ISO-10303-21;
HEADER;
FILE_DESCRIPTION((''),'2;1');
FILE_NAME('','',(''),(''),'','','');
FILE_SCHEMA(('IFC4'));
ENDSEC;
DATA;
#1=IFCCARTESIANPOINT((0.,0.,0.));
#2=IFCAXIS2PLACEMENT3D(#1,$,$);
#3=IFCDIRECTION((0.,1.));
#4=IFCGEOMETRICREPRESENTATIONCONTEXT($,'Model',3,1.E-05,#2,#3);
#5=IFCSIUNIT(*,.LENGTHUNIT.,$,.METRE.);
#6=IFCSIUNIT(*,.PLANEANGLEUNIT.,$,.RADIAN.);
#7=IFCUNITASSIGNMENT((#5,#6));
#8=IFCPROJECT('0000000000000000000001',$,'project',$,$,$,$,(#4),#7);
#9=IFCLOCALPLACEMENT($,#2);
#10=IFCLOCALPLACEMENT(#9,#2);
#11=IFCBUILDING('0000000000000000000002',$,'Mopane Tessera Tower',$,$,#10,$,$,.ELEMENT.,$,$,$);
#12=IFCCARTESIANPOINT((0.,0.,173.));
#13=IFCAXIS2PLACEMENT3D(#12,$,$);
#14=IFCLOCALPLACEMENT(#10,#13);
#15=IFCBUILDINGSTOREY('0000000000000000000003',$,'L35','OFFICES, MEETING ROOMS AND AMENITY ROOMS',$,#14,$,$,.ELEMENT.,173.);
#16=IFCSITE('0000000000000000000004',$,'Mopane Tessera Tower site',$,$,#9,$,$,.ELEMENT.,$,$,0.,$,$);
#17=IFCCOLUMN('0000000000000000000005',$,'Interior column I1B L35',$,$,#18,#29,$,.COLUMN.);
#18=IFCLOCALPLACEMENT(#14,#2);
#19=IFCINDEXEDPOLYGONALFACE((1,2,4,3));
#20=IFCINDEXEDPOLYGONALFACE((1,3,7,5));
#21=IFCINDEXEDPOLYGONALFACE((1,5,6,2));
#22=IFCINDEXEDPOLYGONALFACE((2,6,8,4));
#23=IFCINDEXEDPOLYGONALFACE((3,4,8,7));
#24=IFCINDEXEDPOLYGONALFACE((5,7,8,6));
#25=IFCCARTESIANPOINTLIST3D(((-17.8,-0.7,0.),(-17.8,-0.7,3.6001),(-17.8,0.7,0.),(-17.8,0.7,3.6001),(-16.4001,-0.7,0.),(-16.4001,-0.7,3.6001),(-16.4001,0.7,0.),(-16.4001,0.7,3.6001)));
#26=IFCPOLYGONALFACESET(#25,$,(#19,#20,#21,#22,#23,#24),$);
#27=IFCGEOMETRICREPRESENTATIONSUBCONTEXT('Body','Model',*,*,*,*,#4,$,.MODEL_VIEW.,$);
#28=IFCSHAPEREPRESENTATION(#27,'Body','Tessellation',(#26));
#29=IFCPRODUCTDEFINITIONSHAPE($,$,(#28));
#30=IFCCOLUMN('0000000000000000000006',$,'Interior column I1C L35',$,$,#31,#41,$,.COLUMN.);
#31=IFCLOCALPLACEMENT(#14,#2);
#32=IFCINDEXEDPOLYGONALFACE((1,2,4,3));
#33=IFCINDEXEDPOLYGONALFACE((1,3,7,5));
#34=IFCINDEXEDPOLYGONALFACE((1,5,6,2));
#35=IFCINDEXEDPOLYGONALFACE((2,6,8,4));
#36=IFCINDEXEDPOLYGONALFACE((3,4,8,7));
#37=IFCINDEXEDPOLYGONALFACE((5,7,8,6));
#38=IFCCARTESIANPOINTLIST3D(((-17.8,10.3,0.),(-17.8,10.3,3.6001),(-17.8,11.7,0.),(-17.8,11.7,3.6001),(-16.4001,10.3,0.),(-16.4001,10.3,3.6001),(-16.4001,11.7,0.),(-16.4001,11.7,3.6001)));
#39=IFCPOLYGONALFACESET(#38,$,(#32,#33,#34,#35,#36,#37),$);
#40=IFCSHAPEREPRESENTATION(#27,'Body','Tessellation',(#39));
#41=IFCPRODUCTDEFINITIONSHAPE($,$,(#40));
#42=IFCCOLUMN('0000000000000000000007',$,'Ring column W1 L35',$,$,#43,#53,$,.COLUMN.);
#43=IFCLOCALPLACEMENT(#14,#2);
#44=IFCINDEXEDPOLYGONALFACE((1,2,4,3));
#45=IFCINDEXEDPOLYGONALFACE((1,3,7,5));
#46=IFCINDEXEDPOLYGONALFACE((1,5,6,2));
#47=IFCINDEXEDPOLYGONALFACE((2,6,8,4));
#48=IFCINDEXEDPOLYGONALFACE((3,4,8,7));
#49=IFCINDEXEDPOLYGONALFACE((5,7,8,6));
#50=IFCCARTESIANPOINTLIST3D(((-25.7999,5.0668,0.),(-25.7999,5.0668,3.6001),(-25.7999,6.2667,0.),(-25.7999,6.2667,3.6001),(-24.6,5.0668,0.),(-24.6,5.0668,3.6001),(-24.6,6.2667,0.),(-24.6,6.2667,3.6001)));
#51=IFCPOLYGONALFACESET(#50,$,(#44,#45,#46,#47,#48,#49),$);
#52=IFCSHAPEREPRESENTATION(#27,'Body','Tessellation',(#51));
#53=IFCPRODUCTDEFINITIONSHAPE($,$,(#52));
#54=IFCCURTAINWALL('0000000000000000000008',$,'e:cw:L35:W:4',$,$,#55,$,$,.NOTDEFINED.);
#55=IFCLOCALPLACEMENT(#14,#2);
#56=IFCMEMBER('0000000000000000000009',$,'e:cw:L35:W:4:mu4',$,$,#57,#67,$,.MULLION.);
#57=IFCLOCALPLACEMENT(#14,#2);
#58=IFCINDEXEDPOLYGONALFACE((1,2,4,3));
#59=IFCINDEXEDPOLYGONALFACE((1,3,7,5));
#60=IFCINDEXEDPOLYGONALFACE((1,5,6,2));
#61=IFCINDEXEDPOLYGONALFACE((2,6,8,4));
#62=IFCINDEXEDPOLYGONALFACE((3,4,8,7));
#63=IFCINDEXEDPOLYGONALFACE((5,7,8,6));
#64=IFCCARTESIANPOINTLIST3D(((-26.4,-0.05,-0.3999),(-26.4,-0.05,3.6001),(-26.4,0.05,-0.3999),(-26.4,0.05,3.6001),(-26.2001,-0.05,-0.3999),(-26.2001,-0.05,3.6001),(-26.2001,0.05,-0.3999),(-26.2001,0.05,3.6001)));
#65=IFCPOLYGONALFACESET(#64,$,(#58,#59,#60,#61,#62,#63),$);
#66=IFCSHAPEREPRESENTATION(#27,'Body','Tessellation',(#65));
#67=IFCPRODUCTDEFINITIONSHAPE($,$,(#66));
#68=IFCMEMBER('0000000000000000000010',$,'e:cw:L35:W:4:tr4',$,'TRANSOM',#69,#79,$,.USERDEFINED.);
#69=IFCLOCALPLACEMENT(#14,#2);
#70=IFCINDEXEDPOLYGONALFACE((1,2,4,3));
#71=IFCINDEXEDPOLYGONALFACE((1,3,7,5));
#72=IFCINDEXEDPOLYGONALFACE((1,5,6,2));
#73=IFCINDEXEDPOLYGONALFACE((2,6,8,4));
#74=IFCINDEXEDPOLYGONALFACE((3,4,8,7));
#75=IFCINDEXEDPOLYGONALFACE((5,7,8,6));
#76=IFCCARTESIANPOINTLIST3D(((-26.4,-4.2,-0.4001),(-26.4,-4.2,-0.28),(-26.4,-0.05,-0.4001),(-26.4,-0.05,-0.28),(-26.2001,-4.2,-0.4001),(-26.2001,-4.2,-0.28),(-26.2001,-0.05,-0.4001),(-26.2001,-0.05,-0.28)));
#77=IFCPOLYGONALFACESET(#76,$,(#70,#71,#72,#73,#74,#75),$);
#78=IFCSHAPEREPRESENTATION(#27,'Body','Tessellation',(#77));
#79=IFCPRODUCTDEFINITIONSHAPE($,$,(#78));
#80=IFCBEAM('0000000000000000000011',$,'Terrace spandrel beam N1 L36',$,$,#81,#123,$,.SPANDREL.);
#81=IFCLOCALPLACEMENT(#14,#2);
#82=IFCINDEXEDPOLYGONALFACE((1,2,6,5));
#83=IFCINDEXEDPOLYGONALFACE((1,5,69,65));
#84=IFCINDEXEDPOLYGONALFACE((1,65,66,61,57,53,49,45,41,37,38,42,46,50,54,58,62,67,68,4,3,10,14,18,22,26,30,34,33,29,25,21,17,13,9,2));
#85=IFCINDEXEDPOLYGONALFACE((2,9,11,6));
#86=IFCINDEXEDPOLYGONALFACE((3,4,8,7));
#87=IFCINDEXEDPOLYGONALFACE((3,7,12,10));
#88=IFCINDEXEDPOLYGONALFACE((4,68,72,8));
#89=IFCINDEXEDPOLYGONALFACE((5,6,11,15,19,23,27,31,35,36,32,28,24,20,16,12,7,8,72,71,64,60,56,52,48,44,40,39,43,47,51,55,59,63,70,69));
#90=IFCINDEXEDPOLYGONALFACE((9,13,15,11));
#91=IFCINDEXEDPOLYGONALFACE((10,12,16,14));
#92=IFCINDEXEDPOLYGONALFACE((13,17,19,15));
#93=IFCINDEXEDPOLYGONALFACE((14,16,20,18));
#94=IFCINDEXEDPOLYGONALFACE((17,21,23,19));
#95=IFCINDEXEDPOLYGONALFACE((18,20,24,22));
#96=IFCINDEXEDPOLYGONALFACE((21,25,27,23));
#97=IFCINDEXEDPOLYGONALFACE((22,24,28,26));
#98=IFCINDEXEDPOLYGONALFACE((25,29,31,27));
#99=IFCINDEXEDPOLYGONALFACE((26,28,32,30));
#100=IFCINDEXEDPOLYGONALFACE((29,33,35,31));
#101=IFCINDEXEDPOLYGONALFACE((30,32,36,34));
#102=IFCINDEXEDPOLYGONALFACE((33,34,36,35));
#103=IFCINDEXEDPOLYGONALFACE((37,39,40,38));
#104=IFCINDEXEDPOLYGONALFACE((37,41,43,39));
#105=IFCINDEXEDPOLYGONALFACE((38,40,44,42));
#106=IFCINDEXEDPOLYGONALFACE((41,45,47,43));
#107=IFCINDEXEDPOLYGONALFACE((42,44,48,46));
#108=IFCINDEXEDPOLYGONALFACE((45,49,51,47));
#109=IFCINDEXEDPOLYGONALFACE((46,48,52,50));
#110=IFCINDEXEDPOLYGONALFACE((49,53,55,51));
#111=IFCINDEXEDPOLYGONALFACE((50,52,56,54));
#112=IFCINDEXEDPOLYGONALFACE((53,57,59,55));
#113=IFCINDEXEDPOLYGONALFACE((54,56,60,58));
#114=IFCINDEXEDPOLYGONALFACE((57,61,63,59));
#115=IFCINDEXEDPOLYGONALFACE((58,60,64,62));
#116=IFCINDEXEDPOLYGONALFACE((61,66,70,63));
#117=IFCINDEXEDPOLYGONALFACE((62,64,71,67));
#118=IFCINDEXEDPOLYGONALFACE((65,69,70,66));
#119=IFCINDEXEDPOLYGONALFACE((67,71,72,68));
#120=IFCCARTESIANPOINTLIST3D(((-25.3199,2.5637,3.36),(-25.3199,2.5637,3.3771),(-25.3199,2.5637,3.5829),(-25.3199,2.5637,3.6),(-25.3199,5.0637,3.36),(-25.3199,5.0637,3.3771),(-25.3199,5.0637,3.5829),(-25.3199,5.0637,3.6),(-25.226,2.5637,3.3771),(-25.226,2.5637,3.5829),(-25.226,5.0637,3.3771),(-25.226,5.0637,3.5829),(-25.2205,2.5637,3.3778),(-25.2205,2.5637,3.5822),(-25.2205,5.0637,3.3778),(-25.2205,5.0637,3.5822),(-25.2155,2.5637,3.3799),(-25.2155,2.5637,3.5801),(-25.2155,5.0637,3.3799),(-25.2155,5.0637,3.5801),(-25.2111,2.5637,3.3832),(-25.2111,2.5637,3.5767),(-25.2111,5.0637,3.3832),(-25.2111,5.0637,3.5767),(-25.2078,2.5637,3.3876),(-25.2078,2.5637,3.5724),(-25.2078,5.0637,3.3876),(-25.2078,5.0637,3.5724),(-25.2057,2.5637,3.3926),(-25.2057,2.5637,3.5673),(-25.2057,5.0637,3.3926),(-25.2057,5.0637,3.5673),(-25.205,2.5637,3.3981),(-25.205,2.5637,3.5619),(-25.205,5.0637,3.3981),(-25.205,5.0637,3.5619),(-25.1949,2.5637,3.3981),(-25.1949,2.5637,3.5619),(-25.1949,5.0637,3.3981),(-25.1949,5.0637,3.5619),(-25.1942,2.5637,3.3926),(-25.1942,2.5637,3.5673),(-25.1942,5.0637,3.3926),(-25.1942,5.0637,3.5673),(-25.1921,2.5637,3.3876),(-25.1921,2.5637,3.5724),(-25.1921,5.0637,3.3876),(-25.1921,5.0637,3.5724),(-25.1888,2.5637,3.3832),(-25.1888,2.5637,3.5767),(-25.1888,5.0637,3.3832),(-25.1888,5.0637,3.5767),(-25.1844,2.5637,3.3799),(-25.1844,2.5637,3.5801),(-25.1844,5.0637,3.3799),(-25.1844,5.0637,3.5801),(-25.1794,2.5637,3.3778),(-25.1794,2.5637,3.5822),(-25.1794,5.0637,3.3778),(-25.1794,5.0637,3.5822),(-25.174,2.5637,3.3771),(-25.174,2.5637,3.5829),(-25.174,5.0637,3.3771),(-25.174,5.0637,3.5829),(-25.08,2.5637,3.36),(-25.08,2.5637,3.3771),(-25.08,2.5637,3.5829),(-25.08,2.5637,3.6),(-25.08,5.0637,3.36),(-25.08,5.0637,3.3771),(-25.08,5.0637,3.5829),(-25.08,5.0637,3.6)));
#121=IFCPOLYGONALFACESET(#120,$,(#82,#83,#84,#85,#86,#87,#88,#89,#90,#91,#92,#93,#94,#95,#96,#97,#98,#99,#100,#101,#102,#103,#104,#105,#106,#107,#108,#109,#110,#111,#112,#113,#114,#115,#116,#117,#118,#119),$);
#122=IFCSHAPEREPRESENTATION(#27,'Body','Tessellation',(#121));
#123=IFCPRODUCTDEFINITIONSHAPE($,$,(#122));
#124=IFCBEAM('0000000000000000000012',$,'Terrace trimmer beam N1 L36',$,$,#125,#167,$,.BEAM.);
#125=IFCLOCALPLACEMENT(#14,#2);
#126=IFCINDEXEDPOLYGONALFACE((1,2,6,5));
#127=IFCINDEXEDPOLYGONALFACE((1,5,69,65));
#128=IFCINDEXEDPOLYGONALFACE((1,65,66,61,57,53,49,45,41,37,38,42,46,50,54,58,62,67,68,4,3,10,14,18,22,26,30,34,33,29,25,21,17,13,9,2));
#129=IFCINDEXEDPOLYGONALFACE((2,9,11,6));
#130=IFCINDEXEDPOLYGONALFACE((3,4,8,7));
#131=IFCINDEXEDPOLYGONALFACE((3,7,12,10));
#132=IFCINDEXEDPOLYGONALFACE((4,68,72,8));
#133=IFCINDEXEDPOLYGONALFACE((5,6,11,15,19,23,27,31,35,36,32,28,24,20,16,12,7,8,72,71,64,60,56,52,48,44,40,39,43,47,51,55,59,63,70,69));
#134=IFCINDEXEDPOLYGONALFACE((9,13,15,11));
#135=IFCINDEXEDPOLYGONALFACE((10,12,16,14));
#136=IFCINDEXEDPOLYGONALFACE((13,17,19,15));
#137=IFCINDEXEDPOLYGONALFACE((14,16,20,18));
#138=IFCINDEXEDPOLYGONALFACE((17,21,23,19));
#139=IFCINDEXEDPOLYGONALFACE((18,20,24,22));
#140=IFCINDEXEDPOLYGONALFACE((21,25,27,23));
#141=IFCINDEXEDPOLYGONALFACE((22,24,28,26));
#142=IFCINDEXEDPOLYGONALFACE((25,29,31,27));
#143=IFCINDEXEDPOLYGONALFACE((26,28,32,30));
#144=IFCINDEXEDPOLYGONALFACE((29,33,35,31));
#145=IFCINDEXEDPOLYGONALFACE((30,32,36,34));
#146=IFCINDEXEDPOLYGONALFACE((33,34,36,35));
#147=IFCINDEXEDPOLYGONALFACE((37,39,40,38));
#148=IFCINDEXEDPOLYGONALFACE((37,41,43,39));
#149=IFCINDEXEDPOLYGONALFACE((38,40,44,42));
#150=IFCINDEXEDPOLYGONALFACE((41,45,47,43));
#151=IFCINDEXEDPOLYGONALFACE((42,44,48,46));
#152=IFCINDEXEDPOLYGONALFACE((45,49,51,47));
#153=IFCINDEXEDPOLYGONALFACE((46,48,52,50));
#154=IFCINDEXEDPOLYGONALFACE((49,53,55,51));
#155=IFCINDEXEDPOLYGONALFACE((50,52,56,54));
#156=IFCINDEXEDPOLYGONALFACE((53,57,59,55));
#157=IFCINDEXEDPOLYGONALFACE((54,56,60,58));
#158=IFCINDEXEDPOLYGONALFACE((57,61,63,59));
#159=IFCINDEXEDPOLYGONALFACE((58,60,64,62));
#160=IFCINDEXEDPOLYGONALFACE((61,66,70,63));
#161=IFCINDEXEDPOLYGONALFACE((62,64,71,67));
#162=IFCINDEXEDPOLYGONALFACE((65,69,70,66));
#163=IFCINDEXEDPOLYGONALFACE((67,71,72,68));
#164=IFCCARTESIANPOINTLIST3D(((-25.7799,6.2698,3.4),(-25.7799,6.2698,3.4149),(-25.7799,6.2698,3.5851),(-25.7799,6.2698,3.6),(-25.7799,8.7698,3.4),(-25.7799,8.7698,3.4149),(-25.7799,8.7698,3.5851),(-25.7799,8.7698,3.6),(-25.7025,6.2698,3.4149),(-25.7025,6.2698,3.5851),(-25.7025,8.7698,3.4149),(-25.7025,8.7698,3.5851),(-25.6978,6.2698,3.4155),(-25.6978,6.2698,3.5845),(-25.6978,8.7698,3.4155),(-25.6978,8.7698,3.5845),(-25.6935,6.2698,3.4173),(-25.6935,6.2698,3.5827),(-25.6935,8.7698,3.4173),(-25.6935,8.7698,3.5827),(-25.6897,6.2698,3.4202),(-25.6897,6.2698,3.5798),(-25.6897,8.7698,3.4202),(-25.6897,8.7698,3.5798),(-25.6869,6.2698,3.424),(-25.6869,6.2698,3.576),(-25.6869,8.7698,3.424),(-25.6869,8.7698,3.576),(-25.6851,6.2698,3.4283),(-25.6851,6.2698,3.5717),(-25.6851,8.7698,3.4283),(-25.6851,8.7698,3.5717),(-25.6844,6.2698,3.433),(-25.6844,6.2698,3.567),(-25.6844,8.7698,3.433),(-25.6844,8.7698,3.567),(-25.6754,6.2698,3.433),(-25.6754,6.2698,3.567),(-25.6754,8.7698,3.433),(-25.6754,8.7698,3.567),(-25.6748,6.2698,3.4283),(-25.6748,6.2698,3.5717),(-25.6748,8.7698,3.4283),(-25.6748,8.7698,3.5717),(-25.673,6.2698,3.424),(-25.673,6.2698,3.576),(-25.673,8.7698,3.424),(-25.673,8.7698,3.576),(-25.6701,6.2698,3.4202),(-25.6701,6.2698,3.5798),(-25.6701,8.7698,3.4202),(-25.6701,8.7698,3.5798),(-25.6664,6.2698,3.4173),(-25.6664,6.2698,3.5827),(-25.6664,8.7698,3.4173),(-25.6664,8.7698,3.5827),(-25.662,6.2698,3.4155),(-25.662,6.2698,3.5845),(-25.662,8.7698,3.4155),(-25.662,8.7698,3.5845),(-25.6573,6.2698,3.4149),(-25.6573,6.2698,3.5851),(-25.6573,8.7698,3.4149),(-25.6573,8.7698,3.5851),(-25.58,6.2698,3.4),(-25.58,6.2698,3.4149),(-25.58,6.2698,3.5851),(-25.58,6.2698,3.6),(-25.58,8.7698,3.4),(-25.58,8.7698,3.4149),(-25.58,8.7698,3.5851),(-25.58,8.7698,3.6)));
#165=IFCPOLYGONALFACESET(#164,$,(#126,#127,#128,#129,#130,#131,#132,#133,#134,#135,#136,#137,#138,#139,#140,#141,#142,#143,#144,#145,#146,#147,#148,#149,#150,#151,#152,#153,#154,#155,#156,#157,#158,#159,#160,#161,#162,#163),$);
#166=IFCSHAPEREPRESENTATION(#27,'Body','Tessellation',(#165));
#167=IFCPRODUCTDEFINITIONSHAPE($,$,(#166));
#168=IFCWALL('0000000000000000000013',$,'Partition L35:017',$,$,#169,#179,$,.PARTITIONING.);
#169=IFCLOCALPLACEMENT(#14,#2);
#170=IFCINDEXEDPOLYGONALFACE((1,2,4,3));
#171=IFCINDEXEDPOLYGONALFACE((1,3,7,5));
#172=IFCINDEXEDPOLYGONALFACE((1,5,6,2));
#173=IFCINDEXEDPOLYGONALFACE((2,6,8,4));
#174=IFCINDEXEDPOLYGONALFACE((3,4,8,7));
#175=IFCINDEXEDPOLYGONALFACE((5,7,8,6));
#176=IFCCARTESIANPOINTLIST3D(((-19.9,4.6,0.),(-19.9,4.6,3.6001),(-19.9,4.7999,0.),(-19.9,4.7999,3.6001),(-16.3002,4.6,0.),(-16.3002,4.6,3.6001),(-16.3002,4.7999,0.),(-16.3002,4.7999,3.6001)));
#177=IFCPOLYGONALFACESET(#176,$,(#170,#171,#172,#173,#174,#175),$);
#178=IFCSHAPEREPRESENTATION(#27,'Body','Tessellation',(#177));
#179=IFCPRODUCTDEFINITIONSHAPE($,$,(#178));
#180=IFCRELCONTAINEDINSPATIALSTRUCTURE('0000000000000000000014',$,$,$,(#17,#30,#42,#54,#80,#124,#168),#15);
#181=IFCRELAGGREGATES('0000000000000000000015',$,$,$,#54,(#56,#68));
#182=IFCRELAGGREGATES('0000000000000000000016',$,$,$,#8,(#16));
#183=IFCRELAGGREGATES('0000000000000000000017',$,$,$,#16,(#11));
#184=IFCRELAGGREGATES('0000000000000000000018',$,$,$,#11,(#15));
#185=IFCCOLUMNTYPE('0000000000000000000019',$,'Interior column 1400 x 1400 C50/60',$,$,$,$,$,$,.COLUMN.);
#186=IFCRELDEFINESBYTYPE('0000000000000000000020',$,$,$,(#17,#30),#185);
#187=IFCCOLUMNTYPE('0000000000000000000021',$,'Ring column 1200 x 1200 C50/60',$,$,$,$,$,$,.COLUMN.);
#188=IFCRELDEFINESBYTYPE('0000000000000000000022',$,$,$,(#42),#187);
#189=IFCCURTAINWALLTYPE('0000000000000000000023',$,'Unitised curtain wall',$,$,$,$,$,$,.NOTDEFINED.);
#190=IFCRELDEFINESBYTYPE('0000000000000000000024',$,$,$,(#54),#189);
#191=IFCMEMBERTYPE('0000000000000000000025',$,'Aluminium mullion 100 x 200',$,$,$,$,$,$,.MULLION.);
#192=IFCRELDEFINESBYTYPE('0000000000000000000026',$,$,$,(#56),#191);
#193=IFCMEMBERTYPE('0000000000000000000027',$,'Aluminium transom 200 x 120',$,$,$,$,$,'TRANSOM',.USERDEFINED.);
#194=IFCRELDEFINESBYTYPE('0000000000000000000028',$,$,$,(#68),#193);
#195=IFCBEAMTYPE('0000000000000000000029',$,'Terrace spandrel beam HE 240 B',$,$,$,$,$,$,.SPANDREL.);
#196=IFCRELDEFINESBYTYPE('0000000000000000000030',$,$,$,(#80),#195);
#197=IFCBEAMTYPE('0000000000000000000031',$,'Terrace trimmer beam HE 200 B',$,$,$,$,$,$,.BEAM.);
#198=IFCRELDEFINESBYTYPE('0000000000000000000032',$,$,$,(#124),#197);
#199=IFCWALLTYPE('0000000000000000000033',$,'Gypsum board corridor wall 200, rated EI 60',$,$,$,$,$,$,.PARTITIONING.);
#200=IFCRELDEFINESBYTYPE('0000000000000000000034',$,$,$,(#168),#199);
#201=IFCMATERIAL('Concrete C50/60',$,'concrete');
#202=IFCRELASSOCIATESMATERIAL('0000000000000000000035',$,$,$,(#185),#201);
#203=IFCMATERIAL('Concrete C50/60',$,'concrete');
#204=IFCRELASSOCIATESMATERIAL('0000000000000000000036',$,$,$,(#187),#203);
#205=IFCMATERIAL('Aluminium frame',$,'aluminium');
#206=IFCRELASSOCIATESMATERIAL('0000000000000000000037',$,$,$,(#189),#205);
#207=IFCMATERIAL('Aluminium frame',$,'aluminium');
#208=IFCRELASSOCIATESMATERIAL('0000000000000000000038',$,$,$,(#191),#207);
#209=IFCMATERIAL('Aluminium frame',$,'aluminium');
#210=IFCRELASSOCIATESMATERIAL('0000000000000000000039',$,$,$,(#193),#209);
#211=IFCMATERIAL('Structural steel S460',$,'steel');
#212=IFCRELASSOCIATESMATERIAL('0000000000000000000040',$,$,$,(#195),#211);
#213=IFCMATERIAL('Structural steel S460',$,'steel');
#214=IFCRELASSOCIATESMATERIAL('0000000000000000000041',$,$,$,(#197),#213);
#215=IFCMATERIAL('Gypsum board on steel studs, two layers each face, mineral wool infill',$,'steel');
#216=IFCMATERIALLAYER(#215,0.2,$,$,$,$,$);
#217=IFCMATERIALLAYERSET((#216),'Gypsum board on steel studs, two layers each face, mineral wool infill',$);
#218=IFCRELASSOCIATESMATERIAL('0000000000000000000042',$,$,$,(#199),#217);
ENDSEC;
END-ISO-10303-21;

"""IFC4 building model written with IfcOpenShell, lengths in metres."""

from ifc_helpers import new_model, si_unit, direction, frame, frame_2d, origin, origin_2d, place, context, subcontext, project, spatial, rectangle, i_section, extrude, material, layer, layer_set, material_profile, profile_set, type_object, element, aggregate, save


model = new_model("IFC4")

# Units and contexts
model_context = context("Model", 3, precision=1e-05, world=origin(), true_north=direction((0.0, 1.0)))
body_context = subcontext(model_context, "Body", "Model", "MODEL_VIEW")
ifc_project = project(units=[si_unit("LENGTHUNIT", "METRE"), si_unit("PLANEANGLEUNIT", "RADIAN")], contexts=[model_context])

# Site, building, storey
site_placement = place(None, origin())
site = spatial("IfcSite", under=ifc_project, at=site_placement, Name="Mopane Tessera Tower site", CompositionType="ELEMENT", RefElevation=0.0)
building_placement = place(site_placement, origin())
building = spatial("IfcBuilding", under=site, at=building_placement, Name="Mopane Tessera Tower", CompositionType="ELEMENT")
storey_placement = place(building_placement, frame((0.0, 0.0, 173.0)))
storey = spatial("IfcBuildingStorey", under=building, at=storey_placement, Name="L35", Description="OFFICES, MEETING ROOMS AND AMENITY ROOMS", CompositionType="ELEMENT", Elevation=173.0)

# Columns
ifc_material_1 = material(Name="Concrete C50/60", Category="concrete")
ifc_material_profile_1 = material_profile(ifc_material_1, rectangle(XDim=1.3999, YDim=1.3999, at=origin_2d()))
ifc_profile_set_1 = profile_set([ifc_material_profile_1], Name="Concrete C50/60")
column_type_1 = type_object("IfcColumnType", Name="Interior column 1400 x 1400 C50/60", PredefinedType="COLUMN", material=ifc_profile_set_1)
for number, where, z_axis, x_axis, name in (
    (1, (-17.1001, 0.0, 0.0), (0.0, 0.0, 1.0), (1.0, 0.0, 0.0), "Interior column I1B L35"),
    (2, (-17.1001, 11.0, 0.0), (0.0, 0.0, 1.0), (1.0, 0.0, 0.0), "Interior column I1C L35"),
):
    element("IfcColumn", number, at=place(storey_placement, frame(where, z_axis=z_axis, x_axis=x_axis)), inside=storey, type_object=column_type_1, Name=name, PredefinedType="COLUMN", context=body_context, shape_type="SweptSolid", body=[
        extrude(rectangle(XDim=1.3999, YDim=1.3999, at=origin_2d()), origin(), (0.0, 0.0, 1.0), 3.6001),
    ])
ifc_material_2 = material(Name="Concrete C50/60", Category="concrete")
ifc_material_profile_2 = material_profile(ifc_material_2, rectangle(XDim=1.2, YDim=1.2, at=origin_2d()))
ifc_profile_set_2 = profile_set([ifc_material_profile_2], Name="Concrete C50/60")
column_type_2 = type_object("IfcColumnType", Name="Ring column 1200 x 1200 C50/60", PredefinedType="COLUMN", material=ifc_profile_set_2)
column_placement = place(storey_placement, frame((-25.2, 5.6667, 0.0), z_axis=(0.0, 0.0, 1.0), x_axis=(1.0, 0.0, 0.0)))
element("IfcColumn", 3, at=column_placement, inside=storey, type_object=column_type_2, Name="Ring column W1 L35", PredefinedType="COLUMN", context=body_context, shape_type="SweptSolid", body=[
    extrude(rectangle(XDim=1.2, YDim=1.2, at=origin_2d()), origin(), (0.0, 0.0, 1.0), 3.6001),
])

# Curtain wall, members
ifc_material_3 = material(Name="Aluminium frame", Category="aluminium")
curtain_wall_type = type_object("IfcCurtainWallType", Name="Unitised curtain wall", PredefinedType="NOTDEFINED", material=ifc_material_3)
curtain_wall_placement = place(storey_placement, origin())
curtain_wall = element("IfcCurtainWall", 4, at=curtain_wall_placement, inside=storey, type_object=curtain_wall_type, Name="e:cw:L35:W:4", PredefinedType="NOTDEFINED")
ifc_material_4 = material(Name="Aluminium frame", Category="aluminium")
ifc_material_profile_3 = material_profile(ifc_material_4, rectangle(XDim=0.1001, YDim=0.2, at=origin_2d()))
ifc_profile_set_3 = profile_set([ifc_material_profile_3], Name="Aluminium frame")
member_type_1 = type_object("IfcMemberType", Name="Aluminium mullion 100 x 200", PredefinedType="MULLION", material=ifc_profile_set_3)
member_1_placement = place(storey_placement, frame((-26.3, 0.0, -0.3999), z_axis=(0.0, 0.0, 1.0), x_axis=(0.0, -1.0, 0.0)))
member_1 = element("IfcMember", 5, at=member_1_placement, type_object=member_type_1, Name="e:cw:L35:W:4:mu4", PredefinedType="MULLION", context=body_context, shape_type="SweptSolid", body=[
    extrude(rectangle(XDim=0.1001, YDim=0.2, at=origin_2d()), origin(), (0.0, 0.0, 1.0), 4.0),
])
ifc_material_5 = material(Name="Aluminium frame", Category="aluminium")
ifc_material_profile_4 = material_profile(ifc_material_5, rectangle(XDim=0.2, YDim=0.1201, at=origin_2d()))
ifc_profile_set_4 = profile_set([ifc_material_profile_4], Name="Aluminium frame")
member_type_2 = type_object("IfcMemberType", Name="Aluminium transom 200 x 120", ElementType="TRANSOM", PredefinedType="USERDEFINED", material=ifc_profile_set_4)
member_2_placement = place(storey_placement, frame((-26.3, -0.05, -0.3401), z_axis=(0.0, -1.0, 0.0), x_axis=(1.0, 0.0, 0.0)))
member_2 = element("IfcMember", 6, at=member_2_placement, type_object=member_type_2, Name="e:cw:L35:W:4:tr4", ObjectType="TRANSOM", PredefinedType="USERDEFINED", context=body_context, shape_type="SweptSolid", body=[
    extrude(rectangle(XDim=0.2, YDim=0.1201, at=origin_2d()), origin(), (0.0, 0.0, 1.0), 4.1499),
])
aggregate(curtain_wall, [member_1, member_2])

# Beams
ifc_material_6 = material(Name="Structural steel S460", Category="steel")
ifc_material_profile_5 = material_profile(ifc_material_6, i_section(OverallWidth=0.24, OverallDepth=0.24, WebThickness=0.01, FlangeThickness=0.0171, FilletRadius=0.021, at=origin_2d()))
ifc_profile_set_5 = profile_set([ifc_material_profile_5], Name="Structural steel S460")
beam_type_1 = type_object("IfcBeamType", Name="Terrace spandrel beam HE 240 B", PredefinedType="SPANDREL", material=ifc_profile_set_5)
beam_1_placement = place(storey_placement, frame((-25.2, 5.0637, 3.48), z_axis=(0.0, -1.0, 0.0), x_axis=(1.0, 0.0, 0.0)))
element("IfcBeam", 7, at=beam_1_placement, inside=storey, type_object=beam_type_1, Name="Terrace spandrel beam N1 L36", PredefinedType="SPANDREL", context=body_context, shape_type="SweptSolid", body=[
    extrude(i_section(OverallWidth=0.24, OverallDepth=0.24, WebThickness=0.01, FlangeThickness=0.0171, FilletRadius=0.021, at=origin_2d()), origin(), (0.0, 0.0, 1.0), 2.5),
])
ifc_material_7 = material(Name="Structural steel S460", Category="steel")
ifc_material_profile_6 = material_profile(ifc_material_7, i_section(OverallWidth=0.2, OverallDepth=0.2, WebThickness=0.009, FlangeThickness=0.0149, FilletRadius=0.0181, at=origin_2d()))
ifc_profile_set_6 = profile_set([ifc_material_profile_6], Name="Structural steel S460")
beam_type_2 = type_object("IfcBeamType", Name="Terrace trimmer beam HE 200 B", PredefinedType="BEAM", material=ifc_profile_set_6)
beam_2_placement = place(storey_placement, frame((-25.6799, 6.2698, 3.5), z_axis=(0.0, 1.0, 0.0), x_axis=(-1.0, 0.0, 0.0)))
element("IfcBeam", 8, at=beam_2_placement, inside=storey, type_object=beam_type_2, Name="Terrace trimmer beam N1 L36", PredefinedType="BEAM", context=body_context, shape_type="SweptSolid", body=[
    extrude(i_section(OverallWidth=0.2, OverallDepth=0.2, WebThickness=0.009, FlangeThickness=0.0149, FilletRadius=0.0181, at=origin_2d()), origin(), (0.0, 0.0, 1.0), 2.5),
])

# Wall
ifc_material_8 = material(Name="Gypsum board on steel studs, two layers each face, mineral wool infill", Category="steel")
ifc_layer_1 = layer(ifc_material_8, 0.2)
ifc_layer_set_1 = layer_set([ifc_layer_1], Name="Gypsum board on steel studs, two layers each face, mineral wool infill")
wall_type_1 = type_object("IfcWallType", Name="Gypsum board corridor wall 200, rated EI 60", PredefinedType="PARTITIONING", material=ifc_layer_set_1)
for number, where, z_axis, x_axis, name in (
    (9, (-19.8999, 4.7, 0.0), (0.0, 0.0, 1.0), (1.0, 0.0, 0.0), "Partition L35:017"),
):
    element("IfcWall", number, at=place(storey_placement, frame(where, z_axis=z_axis, x_axis=x_axis)), inside=storey, type_object=wall_type_1, Name=name, PredefinedType="PARTITIONING", context=body_context, shape_type="SweptSolid", body=[
        extrude(rectangle(XDim=3.5999, YDim=0.2, at=frame_2d((1.7998, 0.0))), origin(), (0.0, 0.0, 1.0), 3.6001),
    ])

save(model, "model.ifc")
